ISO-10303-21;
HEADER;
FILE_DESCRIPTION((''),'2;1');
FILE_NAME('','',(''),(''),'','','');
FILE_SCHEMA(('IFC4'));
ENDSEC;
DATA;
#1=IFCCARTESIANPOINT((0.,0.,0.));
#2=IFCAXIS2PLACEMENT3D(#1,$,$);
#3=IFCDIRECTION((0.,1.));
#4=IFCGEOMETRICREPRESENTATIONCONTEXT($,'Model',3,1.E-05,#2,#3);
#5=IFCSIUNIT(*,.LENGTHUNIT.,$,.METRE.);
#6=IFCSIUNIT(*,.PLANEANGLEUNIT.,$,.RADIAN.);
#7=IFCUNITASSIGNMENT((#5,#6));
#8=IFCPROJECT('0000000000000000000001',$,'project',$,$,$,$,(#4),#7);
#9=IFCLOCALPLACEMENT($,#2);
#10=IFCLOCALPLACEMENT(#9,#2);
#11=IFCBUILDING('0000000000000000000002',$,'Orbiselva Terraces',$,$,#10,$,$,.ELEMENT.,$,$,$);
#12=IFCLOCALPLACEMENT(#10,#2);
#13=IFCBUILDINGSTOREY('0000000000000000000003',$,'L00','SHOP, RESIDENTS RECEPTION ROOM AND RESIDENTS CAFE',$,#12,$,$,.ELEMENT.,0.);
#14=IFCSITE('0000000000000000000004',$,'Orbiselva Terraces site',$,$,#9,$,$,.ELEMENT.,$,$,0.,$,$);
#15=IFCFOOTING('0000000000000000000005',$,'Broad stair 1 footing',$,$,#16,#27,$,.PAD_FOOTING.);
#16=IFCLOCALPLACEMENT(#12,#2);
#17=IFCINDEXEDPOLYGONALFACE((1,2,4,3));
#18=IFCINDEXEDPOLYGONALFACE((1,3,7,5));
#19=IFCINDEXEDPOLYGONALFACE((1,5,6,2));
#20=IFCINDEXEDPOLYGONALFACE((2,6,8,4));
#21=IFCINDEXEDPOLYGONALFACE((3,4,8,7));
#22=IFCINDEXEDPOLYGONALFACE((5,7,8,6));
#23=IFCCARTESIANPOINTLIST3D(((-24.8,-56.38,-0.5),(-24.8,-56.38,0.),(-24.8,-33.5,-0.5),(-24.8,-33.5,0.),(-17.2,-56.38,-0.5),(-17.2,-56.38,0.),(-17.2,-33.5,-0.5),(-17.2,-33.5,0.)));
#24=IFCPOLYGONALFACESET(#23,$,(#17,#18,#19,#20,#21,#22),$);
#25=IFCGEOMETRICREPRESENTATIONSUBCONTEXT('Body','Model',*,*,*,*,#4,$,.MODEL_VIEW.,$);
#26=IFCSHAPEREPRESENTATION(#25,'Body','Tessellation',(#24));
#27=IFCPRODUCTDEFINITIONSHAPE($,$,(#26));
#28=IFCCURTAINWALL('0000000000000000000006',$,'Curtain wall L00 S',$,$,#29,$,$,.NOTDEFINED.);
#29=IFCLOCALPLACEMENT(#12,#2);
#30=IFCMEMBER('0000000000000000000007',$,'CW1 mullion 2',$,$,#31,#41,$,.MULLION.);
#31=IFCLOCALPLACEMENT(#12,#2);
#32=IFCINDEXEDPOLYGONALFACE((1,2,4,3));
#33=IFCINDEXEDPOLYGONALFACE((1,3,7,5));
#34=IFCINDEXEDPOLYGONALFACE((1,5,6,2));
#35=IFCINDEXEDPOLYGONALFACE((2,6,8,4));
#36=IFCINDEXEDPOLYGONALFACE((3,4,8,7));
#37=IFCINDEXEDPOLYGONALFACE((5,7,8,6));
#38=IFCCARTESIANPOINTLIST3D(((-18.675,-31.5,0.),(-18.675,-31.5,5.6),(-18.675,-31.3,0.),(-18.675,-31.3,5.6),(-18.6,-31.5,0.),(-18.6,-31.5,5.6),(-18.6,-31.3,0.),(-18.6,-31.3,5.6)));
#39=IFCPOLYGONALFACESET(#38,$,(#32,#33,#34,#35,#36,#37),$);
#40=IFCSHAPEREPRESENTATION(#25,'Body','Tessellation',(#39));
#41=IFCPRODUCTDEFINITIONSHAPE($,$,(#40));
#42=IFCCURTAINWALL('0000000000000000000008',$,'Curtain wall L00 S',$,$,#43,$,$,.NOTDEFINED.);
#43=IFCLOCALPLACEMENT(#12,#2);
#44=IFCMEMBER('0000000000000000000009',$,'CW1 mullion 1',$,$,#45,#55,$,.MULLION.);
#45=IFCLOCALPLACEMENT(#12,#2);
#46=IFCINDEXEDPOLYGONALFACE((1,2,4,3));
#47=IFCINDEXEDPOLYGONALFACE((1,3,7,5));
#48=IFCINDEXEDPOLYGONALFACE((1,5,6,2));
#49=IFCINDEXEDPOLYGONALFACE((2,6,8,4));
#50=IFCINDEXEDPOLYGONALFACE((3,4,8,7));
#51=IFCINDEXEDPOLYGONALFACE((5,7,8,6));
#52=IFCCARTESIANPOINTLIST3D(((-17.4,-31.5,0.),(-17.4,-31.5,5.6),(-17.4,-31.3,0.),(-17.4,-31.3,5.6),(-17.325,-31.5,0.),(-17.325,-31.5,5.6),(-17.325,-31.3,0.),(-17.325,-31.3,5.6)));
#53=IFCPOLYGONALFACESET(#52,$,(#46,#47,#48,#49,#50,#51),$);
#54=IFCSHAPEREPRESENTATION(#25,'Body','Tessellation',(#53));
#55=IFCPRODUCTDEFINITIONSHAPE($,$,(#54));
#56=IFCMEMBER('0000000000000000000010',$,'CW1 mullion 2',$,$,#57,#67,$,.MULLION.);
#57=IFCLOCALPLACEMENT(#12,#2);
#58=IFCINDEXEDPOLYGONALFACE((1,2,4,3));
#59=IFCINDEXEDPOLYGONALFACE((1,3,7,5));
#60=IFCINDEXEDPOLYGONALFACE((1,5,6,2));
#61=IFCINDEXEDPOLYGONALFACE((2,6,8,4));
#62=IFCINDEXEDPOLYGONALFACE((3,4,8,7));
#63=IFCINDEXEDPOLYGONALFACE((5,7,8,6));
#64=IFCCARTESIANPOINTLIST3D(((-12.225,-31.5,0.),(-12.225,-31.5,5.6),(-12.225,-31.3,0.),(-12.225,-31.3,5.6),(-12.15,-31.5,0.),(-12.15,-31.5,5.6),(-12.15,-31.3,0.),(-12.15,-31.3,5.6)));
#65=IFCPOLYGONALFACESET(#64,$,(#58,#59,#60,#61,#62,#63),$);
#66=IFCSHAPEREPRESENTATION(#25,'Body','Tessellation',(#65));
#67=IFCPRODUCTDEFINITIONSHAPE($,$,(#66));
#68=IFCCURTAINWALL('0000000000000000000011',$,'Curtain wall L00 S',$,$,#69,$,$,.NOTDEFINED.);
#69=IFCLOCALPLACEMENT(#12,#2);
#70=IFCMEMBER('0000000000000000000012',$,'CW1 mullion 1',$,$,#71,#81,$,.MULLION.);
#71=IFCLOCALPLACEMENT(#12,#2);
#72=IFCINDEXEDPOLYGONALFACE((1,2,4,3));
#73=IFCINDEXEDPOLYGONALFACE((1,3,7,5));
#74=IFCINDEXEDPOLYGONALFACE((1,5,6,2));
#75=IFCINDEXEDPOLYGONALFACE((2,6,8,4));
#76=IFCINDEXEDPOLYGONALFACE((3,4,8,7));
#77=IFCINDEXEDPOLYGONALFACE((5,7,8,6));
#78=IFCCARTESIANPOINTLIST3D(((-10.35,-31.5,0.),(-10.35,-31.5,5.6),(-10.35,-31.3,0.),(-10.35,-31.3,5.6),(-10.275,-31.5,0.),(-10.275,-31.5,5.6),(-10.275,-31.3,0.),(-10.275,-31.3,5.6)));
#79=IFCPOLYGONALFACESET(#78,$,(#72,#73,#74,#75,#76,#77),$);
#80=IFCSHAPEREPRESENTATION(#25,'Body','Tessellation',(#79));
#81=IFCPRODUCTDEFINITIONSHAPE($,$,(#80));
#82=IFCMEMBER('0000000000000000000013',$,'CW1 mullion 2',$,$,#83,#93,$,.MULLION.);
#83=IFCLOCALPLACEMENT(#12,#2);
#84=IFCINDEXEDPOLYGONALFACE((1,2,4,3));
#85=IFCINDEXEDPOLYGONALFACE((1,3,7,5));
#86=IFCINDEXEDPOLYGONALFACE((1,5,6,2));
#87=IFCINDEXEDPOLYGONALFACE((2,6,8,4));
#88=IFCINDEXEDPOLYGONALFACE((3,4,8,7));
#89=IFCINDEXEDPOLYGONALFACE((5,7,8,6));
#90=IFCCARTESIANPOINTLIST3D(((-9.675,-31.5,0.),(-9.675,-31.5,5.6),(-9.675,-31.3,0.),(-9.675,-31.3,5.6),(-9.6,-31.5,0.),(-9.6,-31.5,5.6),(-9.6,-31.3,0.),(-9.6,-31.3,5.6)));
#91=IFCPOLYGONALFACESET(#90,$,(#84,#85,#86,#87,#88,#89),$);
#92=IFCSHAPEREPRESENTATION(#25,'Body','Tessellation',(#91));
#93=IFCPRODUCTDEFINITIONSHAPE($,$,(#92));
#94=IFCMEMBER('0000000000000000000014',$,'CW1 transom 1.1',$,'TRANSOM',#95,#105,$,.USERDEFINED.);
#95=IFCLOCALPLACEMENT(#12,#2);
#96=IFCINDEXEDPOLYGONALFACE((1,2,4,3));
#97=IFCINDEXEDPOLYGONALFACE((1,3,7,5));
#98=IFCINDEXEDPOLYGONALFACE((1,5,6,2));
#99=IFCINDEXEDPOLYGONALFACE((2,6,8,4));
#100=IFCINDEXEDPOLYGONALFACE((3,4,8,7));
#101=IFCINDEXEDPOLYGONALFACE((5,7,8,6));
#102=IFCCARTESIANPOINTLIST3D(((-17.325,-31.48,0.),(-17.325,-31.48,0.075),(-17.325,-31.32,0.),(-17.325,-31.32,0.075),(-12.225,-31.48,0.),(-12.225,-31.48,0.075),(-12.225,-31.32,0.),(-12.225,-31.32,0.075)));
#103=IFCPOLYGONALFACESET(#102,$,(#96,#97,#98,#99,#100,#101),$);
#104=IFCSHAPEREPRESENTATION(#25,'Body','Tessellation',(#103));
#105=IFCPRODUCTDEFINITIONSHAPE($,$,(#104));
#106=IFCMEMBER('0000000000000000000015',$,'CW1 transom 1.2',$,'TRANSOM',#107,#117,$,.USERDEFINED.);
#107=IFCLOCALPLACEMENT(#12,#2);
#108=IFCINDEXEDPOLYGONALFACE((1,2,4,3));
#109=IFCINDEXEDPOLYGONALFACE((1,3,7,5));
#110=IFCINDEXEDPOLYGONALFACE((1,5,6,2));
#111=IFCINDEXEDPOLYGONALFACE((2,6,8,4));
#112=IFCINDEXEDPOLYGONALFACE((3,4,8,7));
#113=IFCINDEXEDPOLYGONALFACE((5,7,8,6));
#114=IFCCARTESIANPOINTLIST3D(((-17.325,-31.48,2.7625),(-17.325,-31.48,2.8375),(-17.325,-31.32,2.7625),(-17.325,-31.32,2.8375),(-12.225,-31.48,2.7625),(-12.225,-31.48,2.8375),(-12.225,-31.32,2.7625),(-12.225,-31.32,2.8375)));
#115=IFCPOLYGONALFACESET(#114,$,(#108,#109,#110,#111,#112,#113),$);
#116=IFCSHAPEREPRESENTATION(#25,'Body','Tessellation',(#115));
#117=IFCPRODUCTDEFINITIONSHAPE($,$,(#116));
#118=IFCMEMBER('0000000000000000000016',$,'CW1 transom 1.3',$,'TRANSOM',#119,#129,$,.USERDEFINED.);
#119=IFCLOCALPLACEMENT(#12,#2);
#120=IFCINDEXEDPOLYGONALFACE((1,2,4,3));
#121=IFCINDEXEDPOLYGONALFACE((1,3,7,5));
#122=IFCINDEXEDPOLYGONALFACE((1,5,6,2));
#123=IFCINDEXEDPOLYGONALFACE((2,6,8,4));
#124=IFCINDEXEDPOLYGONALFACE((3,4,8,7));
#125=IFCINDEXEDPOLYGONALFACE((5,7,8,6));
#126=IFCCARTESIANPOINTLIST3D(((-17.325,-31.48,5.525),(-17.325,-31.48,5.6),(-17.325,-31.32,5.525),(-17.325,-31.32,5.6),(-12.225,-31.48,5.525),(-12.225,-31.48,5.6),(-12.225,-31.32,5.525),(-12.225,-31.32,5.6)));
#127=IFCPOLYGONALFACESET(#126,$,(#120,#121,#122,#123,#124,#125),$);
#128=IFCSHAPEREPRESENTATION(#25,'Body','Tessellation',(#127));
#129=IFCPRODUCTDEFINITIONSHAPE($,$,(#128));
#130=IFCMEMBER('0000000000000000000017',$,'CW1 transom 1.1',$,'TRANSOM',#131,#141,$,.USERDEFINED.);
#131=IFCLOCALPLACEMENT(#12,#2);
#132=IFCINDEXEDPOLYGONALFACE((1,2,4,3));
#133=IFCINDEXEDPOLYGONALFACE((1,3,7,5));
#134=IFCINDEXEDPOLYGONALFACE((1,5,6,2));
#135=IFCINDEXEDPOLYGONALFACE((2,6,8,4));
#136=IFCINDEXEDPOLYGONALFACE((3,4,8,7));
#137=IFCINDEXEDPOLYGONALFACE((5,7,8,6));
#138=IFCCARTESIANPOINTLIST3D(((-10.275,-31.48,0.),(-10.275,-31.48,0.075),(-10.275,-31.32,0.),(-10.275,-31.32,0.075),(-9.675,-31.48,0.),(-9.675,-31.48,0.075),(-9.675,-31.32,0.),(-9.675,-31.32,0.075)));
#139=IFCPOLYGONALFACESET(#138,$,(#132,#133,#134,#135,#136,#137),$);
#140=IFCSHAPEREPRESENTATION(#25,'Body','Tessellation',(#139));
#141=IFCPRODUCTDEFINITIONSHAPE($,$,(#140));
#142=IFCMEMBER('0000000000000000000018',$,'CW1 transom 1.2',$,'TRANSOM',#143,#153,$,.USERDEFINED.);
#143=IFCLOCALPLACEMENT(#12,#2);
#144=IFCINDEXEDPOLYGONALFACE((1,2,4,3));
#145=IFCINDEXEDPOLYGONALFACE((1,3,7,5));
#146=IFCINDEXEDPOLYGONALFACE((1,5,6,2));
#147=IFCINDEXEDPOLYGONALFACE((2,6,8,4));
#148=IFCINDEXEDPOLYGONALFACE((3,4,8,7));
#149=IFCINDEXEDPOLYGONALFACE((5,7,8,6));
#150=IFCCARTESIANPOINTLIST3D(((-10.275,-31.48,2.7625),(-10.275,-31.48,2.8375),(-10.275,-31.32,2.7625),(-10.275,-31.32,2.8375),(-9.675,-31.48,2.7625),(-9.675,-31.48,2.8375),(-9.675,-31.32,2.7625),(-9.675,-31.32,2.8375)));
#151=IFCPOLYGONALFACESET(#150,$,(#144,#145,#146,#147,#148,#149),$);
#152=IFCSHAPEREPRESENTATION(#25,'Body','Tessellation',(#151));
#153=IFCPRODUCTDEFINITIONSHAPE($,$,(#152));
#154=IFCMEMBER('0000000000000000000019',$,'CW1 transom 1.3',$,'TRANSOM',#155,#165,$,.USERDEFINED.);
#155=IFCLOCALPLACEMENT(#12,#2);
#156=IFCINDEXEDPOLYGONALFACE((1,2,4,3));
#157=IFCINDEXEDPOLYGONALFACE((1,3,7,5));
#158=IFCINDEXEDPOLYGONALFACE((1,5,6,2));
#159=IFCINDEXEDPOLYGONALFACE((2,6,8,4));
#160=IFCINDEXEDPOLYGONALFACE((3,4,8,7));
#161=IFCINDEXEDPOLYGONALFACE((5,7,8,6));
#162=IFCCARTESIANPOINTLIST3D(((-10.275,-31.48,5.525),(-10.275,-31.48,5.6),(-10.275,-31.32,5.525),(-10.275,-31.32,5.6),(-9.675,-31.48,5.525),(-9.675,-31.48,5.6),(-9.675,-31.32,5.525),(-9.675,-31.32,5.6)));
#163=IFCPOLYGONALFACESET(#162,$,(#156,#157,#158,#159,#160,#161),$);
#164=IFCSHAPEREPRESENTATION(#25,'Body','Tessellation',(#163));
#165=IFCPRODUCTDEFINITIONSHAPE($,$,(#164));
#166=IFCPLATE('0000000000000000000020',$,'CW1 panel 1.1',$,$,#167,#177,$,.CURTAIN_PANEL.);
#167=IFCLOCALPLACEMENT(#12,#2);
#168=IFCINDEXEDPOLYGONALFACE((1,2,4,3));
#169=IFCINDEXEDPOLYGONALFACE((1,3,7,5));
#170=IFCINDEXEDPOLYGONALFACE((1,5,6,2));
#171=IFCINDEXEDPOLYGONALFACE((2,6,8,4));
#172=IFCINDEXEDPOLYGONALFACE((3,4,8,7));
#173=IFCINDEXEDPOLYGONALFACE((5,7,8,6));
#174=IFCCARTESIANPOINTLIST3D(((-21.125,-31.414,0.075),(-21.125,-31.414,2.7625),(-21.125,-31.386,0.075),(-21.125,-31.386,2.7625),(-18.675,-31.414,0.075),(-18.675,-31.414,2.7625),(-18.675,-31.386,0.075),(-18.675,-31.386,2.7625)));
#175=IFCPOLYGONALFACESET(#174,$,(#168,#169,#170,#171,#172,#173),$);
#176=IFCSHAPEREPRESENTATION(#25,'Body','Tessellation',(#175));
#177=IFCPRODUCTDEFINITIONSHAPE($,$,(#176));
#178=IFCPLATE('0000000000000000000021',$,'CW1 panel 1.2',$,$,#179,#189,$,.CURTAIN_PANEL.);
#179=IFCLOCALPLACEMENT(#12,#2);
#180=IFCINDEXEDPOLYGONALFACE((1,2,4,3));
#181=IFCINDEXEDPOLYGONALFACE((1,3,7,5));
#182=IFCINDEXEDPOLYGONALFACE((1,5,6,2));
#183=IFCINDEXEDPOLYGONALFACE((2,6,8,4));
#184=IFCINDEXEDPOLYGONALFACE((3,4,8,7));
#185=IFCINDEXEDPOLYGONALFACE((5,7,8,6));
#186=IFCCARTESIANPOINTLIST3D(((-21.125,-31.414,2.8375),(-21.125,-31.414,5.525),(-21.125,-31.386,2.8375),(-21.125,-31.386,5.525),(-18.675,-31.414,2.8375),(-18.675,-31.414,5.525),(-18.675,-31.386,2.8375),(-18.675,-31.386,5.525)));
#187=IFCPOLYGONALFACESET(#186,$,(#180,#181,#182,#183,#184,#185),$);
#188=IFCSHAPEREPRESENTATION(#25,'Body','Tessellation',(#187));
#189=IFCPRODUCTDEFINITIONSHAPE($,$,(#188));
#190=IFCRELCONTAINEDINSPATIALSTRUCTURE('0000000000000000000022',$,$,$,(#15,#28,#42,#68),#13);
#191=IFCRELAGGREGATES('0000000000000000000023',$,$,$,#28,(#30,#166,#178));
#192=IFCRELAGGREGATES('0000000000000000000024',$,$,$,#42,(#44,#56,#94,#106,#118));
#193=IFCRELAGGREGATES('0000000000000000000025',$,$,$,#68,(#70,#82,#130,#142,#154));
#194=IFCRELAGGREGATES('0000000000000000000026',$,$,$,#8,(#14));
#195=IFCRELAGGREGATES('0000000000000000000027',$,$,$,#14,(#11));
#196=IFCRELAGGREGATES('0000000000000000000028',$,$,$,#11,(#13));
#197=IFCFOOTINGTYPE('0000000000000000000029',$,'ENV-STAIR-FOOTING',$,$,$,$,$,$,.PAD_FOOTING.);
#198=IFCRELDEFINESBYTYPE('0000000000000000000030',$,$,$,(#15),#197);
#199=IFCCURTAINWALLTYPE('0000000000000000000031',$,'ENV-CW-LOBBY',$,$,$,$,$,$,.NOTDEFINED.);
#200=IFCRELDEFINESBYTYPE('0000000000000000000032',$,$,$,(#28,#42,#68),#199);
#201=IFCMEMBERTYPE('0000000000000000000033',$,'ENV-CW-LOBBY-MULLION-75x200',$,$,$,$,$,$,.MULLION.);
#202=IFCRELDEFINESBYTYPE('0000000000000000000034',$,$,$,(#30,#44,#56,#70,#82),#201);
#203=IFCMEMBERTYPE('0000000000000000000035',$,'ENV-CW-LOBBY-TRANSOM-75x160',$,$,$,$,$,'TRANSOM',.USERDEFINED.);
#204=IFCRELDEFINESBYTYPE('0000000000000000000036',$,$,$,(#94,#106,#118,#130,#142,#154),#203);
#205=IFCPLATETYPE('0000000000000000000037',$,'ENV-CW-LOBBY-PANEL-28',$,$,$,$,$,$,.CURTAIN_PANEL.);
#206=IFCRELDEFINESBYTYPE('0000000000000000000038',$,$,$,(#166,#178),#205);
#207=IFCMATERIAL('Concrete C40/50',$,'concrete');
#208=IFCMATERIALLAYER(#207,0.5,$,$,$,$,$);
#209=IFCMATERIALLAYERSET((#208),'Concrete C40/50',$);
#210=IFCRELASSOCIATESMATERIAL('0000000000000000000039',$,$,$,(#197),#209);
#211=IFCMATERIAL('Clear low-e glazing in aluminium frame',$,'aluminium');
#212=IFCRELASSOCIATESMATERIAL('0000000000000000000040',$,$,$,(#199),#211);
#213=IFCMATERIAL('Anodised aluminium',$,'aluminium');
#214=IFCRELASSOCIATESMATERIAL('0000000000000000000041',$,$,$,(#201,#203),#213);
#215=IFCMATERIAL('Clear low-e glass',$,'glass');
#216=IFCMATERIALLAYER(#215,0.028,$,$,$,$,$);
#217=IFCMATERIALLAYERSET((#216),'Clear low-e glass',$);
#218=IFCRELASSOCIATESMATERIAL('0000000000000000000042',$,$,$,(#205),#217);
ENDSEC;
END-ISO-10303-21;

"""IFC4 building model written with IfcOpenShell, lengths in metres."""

from ifc_helpers import new_model, si_unit, direction, frame, origin, origin_2d, place, context, subcontext, project, spatial, rectangle, extrude, material, layer, layer_set, material_profile, profile_set, type_object, element, aggregate, save


model = new_model("IFC4")

# Units and contexts
model_context = context("Model", 3, precision=1e-05, world=origin(), true_north=direction((0.0, 1.0)))
body_context = subcontext(model_context, "Body", "Model", "MODEL_VIEW")
ifc_project = project(units=[si_unit("LENGTHUNIT", "METRE"), si_unit("PLANEANGLEUNIT", "RADIAN")], contexts=[model_context])

# Site, building, storey
site_placement = place(None, origin())
site = spatial("IfcSite", under=ifc_project, at=site_placement, Name="Orbiselva Terraces site", CompositionType="ELEMENT", RefElevation=0.0)
building_placement = place(site_placement, origin())
building = spatial("IfcBuilding", under=site, at=building_placement, Name="Orbiselva Terraces", CompositionType="ELEMENT")
storey_placement = place(building_placement, origin())
storey = spatial("IfcBuildingStorey", under=building, at=storey_placement, Name="L00", Description="SHOP, RESIDENTS RECEPTION ROOM AND RESIDENTS CAFE", CompositionType="ELEMENT", Elevation=0.0)

# Footing
ifc_material_1 = material(Name="Concrete C40/50", Category="concrete")
ifc_layer_1 = layer(ifc_material_1, 0.5)
ifc_layer_set_1 = layer_set([ifc_layer_1], Name="Concrete C40/50")
footing_type = type_object("IfcFootingType", Name="ENV-STAIR-FOOTING", PredefinedType="PAD_FOOTING", material=ifc_layer_set_1)
footing_placement = place(storey_placement, frame((-21.0, -44.94, -0.5), z_axis=(0.0, 0.0, 1.0), x_axis=(1.0, 0.0, 0.0)))
element("IfcFooting", 1, at=footing_placement, inside=storey, type_object=footing_type, Name="Broad stair 1 footing", PredefinedType="PAD_FOOTING", context=body_context, shape_type="SweptSolid", body=[
    extrude(rectangle(XDim=7.6, YDim=22.88, at=origin_2d()), origin(), (0.0, 0.0, 1.0), 0.5),
])

# Curtain wall, member
ifc_material_2 = material(Name="Clear low-e glazing in aluminium frame", Category="aluminium")
curtain_wall_type = type_object("IfcCurtainWallType", Name="ENV-CW-LOBBY", PredefinedType="NOTDEFINED", material=ifc_material_2)
curtain_wall_1_placement = place(storey_placement, origin())
curtain_wall_1 = element("IfcCurtainWall", 2, at=curtain_wall_1_placement, inside=storey, type_object=curtain_wall_type, Name="Curtain wall L00 S", PredefinedType="NOTDEFINED")
ifc_material_3 = material(Name="Anodised aluminium", Category="aluminium")
ifc_material_profile_1 = material_profile(ifc_material_3, rectangle(XDim=0.2, YDim=0.075, at=origin_2d()), Name="AL 75x200")
ifc_profile_set_1 = profile_set([ifc_material_profile_1], Name="Anodised aluminium")
member_type_1 = type_object("IfcMemberType", Name="ENV-CW-LOBBY-MULLION-75x200", PredefinedType="MULLION", material=ifc_profile_set_1)
member_1_placement = place(storey_placement, frame((-18.6375, -31.4, 0.0), z_axis=(0.0, 0.0, 1.0), x_axis=(0.0, 1.0, 0.0)))
member_1 = element("IfcMember", 3, at=member_1_placement, type_object=member_type_1, Name="CW1 mullion 2", PredefinedType="MULLION", context=body_context, shape_type="SweptSolid", body=[
    extrude(rectangle(XDim=0.2, YDim=0.075, at=origin_2d()), origin(), (0.0, 0.0, 1.0), 5.6),
])

# Curtain walls, members
curtain_wall_2_placement = place(storey_placement, origin())
curtain_wall_2 = element("IfcCurtainWall", 4, at=curtain_wall_2_placement, inside=storey, type_object=curtain_wall_type, Name="Curtain wall L00 S", PredefinedType="NOTDEFINED")
member_2_placement = place(storey_placement, frame((-17.3625, -31.4, 0.0), z_axis=(0.0, 0.0, 1.0), x_axis=(0.0, 1.0, 0.0)))
member_2 = element("IfcMember", 5, at=member_2_placement, type_object=member_type_1, Name="CW1 mullion 1", PredefinedType="MULLION", context=body_context, shape_type="SweptSolid", body=[
    extrude(rectangle(XDim=0.2, YDim=0.075, at=origin_2d()), origin(), (0.0, 0.0, 1.0), 5.6),
])
member_3_placement = place(storey_placement, frame((-12.1875, -31.4, 0.0), z_axis=(0.0, 0.0, 1.0), x_axis=(0.0, 1.0, 0.0)))
member_3 = element("IfcMember", 6, at=member_3_placement, type_object=member_type_1, Name="CW1 mullion 2", PredefinedType="MULLION", context=body_context, shape_type="SweptSolid", body=[
    extrude(rectangle(XDim=0.2, YDim=0.075, at=origin_2d()), origin(), (0.0, 0.0, 1.0), 5.6),
])
curtain_wall_3_placement = place(storey_placement, origin())
curtain_wall_3 = element("IfcCurtainWall", 7, at=curtain_wall_3_placement, inside=storey, type_object=curtain_wall_type, Name="Curtain wall L00 S", PredefinedType="NOTDEFINED")
member_4_placement = place(storey_placement, frame((-10.3125, -31.4, 0.0), z_axis=(0.0, 0.0, 1.0), x_axis=(0.0, 1.0, 0.0)))
member_4 = element("IfcMember", 8, at=member_4_placement, type_object=member_type_1, Name="CW1 mullion 1", PredefinedType="MULLION", context=body_context, shape_type="SweptSolid", body=[
    extrude(rectangle(XDim=0.2, YDim=0.075, at=origin_2d()), origin(), (0.0, 0.0, 1.0), 5.6),
])
member_5_placement = place(storey_placement, frame((-9.6375, -31.4, 0.0), z_axis=(0.0, 0.0, 1.0), x_axis=(0.0, 1.0, 0.0)))
member_5 = element("IfcMember", 9, at=member_5_placement, type_object=member_type_1, Name="CW1 mullion 2", PredefinedType="MULLION", context=body_context, shape_type="SweptSolid", body=[
    extrude(rectangle(XDim=0.2, YDim=0.075, at=origin_2d()), origin(), (0.0, 0.0, 1.0), 5.6),
])

# Members
ifc_material_profile_2 = material_profile(ifc_material_3, rectangle(XDim=0.16, YDim=0.075, at=origin_2d()), Name="AL 75x160")
ifc_profile_set_2 = profile_set([ifc_material_profile_2], Name="Anodised aluminium")
member_type_2 = type_object("IfcMemberType", Name="ENV-CW-LOBBY-TRANSOM-75x160", ElementType="TRANSOM", PredefinedType="USERDEFINED", material=ifc_profile_set_2)
member_6_placement = place(storey_placement, frame((-17.325, -31.4, 0.0375), z_axis=(1.0, 0.0, 0.0), x_axis=(0.0, 1.0, 0.0)))
member_6 = element("IfcMember", 10, at=member_6_placement, type_object=member_type_2, Name="CW1 transom 1.1", ObjectType="TRANSOM", PredefinedType="USERDEFINED", context=body_context, shape_type="SweptSolid", body=[
    extrude(rectangle(XDim=0.16, YDim=0.075, at=origin_2d()), origin(), (0.0, 0.0, 1.0), 5.1),
])
member_7_placement = place(storey_placement, frame((-17.325, -31.4, 2.8), z_axis=(1.0, 0.0, 0.0), x_axis=(0.0, 1.0, 0.0)))
member_7 = element("IfcMember", 11, at=member_7_placement, type_object=member_type_2, Name="CW1 transom 1.2", ObjectType="TRANSOM", PredefinedType="USERDEFINED", context=body_context, shape_type="SweptSolid", body=[
    extrude(rectangle(XDim=0.16, YDim=0.075, at=origin_2d()), origin(), (0.0, 0.0, 1.0), 5.1),
])
member_8_placement = place(storey_placement, frame((-17.325, -31.4, 5.5625), z_axis=(1.0, 0.0, 0.0), x_axis=(0.0, 1.0, 0.0)))
member_8 = element("IfcMember", 12, at=member_8_placement, type_object=member_type_2, Name="CW1 transom 1.3", ObjectType="TRANSOM", PredefinedType="USERDEFINED", context=body_context, shape_type="SweptSolid", body=[
    extrude(rectangle(XDim=0.16, YDim=0.075, at=origin_2d()), origin(), (0.0, 0.0, 1.0), 5.1),
])
member_9_placement = place(storey_placement, frame((-10.275, -31.4, 0.0375), z_axis=(1.0, 0.0, 0.0), x_axis=(0.0, 1.0, 0.0)))
member_9 = element("IfcMember", 13, at=member_9_placement, type_object=member_type_2, Name="CW1 transom 1.1", ObjectType="TRANSOM", PredefinedType="USERDEFINED", context=body_context, shape_type="SweptSolid", body=[
    extrude(rectangle(XDim=0.16, YDim=0.075, at=origin_2d()), origin(), (0.0, 0.0, 1.0), 0.6),
])
member_10_placement = place(storey_placement, frame((-10.275, -31.4, 2.8), z_axis=(1.0, 0.0, 0.0), x_axis=(0.0, 1.0, 0.0)))
member_10 = element("IfcMember", 14, at=member_10_placement, type_object=member_type_2, Name="CW1 transom 1.2", ObjectType="TRANSOM", PredefinedType="USERDEFINED", context=body_context, shape_type="SweptSolid", body=[
    extrude(rectangle(XDim=0.16, YDim=0.075, at=origin_2d()), origin(), (0.0, 0.0, 1.0), 0.6),
])
member_11_placement = place(storey_placement, frame((-10.275, -31.4, 5.5625), z_axis=(1.0, 0.0, 0.0), x_axis=(0.0, 1.0, 0.0)))
member_11 = element("IfcMember", 15, at=member_11_placement, type_object=member_type_2, Name="CW1 transom 1.3", ObjectType="TRANSOM", PredefinedType="USERDEFINED", context=body_context, shape_type="SweptSolid", body=[
    extrude(rectangle(XDim=0.16, YDim=0.075, at=origin_2d()), origin(), (0.0, 0.0, 1.0), 0.6),
])

# Plates
ifc_material_4 = material(Name="Clear low-e glass", Category="glass")
ifc_layer_2 = layer(ifc_material_4, 0.028)
ifc_layer_set_2 = layer_set([ifc_layer_2], Name="Clear low-e glass")
plate_type = type_object("IfcPlateType", Name="ENV-CW-LOBBY-PANEL-28", PredefinedType="CURTAIN_PANEL", material=ifc_layer_set_2)
plate_1_placement = place(storey_placement, frame((-19.9, -31.4, 0.075), z_axis=(0.0, 0.0, 1.0), x_axis=(1.0, 0.0, 0.0)))
plate_1 = element("IfcPlate", 16, at=plate_1_placement, type_object=plate_type, Name="CW1 panel 1.1", PredefinedType="CURTAIN_PANEL", context=body_context, shape_type="SweptSolid", body=[
    extrude(rectangle(XDim=2.45, YDim=0.028, at=origin_2d()), origin(), (0.0, 0.0, 1.0), 2.6875),
])
plate_2_placement = place(storey_placement, frame((-19.9, -31.4, 2.8375), z_axis=(0.0, 0.0, 1.0), x_axis=(1.0, 0.0, 0.0)))
plate_2 = element("IfcPlate", 17, at=plate_2_placement, type_object=plate_type, Name="CW1 panel 1.2", PredefinedType="CURTAIN_PANEL", context=body_context, shape_type="SweptSolid", body=[
    extrude(rectangle(XDim=2.45, YDim=0.028, at=origin_2d()), origin(), (0.0, 0.0, 1.0), 2.6875),
])
aggregate(curtain_wall_1, [member_1, plate_1, plate_2])
aggregate(curtain_wall_2, [member_2, member_3, member_6, member_7, member_8])
aggregate(curtain_wall_3, [member_4, member_5, member_9, member_10, member_11])

save(model, "model.ifc")
